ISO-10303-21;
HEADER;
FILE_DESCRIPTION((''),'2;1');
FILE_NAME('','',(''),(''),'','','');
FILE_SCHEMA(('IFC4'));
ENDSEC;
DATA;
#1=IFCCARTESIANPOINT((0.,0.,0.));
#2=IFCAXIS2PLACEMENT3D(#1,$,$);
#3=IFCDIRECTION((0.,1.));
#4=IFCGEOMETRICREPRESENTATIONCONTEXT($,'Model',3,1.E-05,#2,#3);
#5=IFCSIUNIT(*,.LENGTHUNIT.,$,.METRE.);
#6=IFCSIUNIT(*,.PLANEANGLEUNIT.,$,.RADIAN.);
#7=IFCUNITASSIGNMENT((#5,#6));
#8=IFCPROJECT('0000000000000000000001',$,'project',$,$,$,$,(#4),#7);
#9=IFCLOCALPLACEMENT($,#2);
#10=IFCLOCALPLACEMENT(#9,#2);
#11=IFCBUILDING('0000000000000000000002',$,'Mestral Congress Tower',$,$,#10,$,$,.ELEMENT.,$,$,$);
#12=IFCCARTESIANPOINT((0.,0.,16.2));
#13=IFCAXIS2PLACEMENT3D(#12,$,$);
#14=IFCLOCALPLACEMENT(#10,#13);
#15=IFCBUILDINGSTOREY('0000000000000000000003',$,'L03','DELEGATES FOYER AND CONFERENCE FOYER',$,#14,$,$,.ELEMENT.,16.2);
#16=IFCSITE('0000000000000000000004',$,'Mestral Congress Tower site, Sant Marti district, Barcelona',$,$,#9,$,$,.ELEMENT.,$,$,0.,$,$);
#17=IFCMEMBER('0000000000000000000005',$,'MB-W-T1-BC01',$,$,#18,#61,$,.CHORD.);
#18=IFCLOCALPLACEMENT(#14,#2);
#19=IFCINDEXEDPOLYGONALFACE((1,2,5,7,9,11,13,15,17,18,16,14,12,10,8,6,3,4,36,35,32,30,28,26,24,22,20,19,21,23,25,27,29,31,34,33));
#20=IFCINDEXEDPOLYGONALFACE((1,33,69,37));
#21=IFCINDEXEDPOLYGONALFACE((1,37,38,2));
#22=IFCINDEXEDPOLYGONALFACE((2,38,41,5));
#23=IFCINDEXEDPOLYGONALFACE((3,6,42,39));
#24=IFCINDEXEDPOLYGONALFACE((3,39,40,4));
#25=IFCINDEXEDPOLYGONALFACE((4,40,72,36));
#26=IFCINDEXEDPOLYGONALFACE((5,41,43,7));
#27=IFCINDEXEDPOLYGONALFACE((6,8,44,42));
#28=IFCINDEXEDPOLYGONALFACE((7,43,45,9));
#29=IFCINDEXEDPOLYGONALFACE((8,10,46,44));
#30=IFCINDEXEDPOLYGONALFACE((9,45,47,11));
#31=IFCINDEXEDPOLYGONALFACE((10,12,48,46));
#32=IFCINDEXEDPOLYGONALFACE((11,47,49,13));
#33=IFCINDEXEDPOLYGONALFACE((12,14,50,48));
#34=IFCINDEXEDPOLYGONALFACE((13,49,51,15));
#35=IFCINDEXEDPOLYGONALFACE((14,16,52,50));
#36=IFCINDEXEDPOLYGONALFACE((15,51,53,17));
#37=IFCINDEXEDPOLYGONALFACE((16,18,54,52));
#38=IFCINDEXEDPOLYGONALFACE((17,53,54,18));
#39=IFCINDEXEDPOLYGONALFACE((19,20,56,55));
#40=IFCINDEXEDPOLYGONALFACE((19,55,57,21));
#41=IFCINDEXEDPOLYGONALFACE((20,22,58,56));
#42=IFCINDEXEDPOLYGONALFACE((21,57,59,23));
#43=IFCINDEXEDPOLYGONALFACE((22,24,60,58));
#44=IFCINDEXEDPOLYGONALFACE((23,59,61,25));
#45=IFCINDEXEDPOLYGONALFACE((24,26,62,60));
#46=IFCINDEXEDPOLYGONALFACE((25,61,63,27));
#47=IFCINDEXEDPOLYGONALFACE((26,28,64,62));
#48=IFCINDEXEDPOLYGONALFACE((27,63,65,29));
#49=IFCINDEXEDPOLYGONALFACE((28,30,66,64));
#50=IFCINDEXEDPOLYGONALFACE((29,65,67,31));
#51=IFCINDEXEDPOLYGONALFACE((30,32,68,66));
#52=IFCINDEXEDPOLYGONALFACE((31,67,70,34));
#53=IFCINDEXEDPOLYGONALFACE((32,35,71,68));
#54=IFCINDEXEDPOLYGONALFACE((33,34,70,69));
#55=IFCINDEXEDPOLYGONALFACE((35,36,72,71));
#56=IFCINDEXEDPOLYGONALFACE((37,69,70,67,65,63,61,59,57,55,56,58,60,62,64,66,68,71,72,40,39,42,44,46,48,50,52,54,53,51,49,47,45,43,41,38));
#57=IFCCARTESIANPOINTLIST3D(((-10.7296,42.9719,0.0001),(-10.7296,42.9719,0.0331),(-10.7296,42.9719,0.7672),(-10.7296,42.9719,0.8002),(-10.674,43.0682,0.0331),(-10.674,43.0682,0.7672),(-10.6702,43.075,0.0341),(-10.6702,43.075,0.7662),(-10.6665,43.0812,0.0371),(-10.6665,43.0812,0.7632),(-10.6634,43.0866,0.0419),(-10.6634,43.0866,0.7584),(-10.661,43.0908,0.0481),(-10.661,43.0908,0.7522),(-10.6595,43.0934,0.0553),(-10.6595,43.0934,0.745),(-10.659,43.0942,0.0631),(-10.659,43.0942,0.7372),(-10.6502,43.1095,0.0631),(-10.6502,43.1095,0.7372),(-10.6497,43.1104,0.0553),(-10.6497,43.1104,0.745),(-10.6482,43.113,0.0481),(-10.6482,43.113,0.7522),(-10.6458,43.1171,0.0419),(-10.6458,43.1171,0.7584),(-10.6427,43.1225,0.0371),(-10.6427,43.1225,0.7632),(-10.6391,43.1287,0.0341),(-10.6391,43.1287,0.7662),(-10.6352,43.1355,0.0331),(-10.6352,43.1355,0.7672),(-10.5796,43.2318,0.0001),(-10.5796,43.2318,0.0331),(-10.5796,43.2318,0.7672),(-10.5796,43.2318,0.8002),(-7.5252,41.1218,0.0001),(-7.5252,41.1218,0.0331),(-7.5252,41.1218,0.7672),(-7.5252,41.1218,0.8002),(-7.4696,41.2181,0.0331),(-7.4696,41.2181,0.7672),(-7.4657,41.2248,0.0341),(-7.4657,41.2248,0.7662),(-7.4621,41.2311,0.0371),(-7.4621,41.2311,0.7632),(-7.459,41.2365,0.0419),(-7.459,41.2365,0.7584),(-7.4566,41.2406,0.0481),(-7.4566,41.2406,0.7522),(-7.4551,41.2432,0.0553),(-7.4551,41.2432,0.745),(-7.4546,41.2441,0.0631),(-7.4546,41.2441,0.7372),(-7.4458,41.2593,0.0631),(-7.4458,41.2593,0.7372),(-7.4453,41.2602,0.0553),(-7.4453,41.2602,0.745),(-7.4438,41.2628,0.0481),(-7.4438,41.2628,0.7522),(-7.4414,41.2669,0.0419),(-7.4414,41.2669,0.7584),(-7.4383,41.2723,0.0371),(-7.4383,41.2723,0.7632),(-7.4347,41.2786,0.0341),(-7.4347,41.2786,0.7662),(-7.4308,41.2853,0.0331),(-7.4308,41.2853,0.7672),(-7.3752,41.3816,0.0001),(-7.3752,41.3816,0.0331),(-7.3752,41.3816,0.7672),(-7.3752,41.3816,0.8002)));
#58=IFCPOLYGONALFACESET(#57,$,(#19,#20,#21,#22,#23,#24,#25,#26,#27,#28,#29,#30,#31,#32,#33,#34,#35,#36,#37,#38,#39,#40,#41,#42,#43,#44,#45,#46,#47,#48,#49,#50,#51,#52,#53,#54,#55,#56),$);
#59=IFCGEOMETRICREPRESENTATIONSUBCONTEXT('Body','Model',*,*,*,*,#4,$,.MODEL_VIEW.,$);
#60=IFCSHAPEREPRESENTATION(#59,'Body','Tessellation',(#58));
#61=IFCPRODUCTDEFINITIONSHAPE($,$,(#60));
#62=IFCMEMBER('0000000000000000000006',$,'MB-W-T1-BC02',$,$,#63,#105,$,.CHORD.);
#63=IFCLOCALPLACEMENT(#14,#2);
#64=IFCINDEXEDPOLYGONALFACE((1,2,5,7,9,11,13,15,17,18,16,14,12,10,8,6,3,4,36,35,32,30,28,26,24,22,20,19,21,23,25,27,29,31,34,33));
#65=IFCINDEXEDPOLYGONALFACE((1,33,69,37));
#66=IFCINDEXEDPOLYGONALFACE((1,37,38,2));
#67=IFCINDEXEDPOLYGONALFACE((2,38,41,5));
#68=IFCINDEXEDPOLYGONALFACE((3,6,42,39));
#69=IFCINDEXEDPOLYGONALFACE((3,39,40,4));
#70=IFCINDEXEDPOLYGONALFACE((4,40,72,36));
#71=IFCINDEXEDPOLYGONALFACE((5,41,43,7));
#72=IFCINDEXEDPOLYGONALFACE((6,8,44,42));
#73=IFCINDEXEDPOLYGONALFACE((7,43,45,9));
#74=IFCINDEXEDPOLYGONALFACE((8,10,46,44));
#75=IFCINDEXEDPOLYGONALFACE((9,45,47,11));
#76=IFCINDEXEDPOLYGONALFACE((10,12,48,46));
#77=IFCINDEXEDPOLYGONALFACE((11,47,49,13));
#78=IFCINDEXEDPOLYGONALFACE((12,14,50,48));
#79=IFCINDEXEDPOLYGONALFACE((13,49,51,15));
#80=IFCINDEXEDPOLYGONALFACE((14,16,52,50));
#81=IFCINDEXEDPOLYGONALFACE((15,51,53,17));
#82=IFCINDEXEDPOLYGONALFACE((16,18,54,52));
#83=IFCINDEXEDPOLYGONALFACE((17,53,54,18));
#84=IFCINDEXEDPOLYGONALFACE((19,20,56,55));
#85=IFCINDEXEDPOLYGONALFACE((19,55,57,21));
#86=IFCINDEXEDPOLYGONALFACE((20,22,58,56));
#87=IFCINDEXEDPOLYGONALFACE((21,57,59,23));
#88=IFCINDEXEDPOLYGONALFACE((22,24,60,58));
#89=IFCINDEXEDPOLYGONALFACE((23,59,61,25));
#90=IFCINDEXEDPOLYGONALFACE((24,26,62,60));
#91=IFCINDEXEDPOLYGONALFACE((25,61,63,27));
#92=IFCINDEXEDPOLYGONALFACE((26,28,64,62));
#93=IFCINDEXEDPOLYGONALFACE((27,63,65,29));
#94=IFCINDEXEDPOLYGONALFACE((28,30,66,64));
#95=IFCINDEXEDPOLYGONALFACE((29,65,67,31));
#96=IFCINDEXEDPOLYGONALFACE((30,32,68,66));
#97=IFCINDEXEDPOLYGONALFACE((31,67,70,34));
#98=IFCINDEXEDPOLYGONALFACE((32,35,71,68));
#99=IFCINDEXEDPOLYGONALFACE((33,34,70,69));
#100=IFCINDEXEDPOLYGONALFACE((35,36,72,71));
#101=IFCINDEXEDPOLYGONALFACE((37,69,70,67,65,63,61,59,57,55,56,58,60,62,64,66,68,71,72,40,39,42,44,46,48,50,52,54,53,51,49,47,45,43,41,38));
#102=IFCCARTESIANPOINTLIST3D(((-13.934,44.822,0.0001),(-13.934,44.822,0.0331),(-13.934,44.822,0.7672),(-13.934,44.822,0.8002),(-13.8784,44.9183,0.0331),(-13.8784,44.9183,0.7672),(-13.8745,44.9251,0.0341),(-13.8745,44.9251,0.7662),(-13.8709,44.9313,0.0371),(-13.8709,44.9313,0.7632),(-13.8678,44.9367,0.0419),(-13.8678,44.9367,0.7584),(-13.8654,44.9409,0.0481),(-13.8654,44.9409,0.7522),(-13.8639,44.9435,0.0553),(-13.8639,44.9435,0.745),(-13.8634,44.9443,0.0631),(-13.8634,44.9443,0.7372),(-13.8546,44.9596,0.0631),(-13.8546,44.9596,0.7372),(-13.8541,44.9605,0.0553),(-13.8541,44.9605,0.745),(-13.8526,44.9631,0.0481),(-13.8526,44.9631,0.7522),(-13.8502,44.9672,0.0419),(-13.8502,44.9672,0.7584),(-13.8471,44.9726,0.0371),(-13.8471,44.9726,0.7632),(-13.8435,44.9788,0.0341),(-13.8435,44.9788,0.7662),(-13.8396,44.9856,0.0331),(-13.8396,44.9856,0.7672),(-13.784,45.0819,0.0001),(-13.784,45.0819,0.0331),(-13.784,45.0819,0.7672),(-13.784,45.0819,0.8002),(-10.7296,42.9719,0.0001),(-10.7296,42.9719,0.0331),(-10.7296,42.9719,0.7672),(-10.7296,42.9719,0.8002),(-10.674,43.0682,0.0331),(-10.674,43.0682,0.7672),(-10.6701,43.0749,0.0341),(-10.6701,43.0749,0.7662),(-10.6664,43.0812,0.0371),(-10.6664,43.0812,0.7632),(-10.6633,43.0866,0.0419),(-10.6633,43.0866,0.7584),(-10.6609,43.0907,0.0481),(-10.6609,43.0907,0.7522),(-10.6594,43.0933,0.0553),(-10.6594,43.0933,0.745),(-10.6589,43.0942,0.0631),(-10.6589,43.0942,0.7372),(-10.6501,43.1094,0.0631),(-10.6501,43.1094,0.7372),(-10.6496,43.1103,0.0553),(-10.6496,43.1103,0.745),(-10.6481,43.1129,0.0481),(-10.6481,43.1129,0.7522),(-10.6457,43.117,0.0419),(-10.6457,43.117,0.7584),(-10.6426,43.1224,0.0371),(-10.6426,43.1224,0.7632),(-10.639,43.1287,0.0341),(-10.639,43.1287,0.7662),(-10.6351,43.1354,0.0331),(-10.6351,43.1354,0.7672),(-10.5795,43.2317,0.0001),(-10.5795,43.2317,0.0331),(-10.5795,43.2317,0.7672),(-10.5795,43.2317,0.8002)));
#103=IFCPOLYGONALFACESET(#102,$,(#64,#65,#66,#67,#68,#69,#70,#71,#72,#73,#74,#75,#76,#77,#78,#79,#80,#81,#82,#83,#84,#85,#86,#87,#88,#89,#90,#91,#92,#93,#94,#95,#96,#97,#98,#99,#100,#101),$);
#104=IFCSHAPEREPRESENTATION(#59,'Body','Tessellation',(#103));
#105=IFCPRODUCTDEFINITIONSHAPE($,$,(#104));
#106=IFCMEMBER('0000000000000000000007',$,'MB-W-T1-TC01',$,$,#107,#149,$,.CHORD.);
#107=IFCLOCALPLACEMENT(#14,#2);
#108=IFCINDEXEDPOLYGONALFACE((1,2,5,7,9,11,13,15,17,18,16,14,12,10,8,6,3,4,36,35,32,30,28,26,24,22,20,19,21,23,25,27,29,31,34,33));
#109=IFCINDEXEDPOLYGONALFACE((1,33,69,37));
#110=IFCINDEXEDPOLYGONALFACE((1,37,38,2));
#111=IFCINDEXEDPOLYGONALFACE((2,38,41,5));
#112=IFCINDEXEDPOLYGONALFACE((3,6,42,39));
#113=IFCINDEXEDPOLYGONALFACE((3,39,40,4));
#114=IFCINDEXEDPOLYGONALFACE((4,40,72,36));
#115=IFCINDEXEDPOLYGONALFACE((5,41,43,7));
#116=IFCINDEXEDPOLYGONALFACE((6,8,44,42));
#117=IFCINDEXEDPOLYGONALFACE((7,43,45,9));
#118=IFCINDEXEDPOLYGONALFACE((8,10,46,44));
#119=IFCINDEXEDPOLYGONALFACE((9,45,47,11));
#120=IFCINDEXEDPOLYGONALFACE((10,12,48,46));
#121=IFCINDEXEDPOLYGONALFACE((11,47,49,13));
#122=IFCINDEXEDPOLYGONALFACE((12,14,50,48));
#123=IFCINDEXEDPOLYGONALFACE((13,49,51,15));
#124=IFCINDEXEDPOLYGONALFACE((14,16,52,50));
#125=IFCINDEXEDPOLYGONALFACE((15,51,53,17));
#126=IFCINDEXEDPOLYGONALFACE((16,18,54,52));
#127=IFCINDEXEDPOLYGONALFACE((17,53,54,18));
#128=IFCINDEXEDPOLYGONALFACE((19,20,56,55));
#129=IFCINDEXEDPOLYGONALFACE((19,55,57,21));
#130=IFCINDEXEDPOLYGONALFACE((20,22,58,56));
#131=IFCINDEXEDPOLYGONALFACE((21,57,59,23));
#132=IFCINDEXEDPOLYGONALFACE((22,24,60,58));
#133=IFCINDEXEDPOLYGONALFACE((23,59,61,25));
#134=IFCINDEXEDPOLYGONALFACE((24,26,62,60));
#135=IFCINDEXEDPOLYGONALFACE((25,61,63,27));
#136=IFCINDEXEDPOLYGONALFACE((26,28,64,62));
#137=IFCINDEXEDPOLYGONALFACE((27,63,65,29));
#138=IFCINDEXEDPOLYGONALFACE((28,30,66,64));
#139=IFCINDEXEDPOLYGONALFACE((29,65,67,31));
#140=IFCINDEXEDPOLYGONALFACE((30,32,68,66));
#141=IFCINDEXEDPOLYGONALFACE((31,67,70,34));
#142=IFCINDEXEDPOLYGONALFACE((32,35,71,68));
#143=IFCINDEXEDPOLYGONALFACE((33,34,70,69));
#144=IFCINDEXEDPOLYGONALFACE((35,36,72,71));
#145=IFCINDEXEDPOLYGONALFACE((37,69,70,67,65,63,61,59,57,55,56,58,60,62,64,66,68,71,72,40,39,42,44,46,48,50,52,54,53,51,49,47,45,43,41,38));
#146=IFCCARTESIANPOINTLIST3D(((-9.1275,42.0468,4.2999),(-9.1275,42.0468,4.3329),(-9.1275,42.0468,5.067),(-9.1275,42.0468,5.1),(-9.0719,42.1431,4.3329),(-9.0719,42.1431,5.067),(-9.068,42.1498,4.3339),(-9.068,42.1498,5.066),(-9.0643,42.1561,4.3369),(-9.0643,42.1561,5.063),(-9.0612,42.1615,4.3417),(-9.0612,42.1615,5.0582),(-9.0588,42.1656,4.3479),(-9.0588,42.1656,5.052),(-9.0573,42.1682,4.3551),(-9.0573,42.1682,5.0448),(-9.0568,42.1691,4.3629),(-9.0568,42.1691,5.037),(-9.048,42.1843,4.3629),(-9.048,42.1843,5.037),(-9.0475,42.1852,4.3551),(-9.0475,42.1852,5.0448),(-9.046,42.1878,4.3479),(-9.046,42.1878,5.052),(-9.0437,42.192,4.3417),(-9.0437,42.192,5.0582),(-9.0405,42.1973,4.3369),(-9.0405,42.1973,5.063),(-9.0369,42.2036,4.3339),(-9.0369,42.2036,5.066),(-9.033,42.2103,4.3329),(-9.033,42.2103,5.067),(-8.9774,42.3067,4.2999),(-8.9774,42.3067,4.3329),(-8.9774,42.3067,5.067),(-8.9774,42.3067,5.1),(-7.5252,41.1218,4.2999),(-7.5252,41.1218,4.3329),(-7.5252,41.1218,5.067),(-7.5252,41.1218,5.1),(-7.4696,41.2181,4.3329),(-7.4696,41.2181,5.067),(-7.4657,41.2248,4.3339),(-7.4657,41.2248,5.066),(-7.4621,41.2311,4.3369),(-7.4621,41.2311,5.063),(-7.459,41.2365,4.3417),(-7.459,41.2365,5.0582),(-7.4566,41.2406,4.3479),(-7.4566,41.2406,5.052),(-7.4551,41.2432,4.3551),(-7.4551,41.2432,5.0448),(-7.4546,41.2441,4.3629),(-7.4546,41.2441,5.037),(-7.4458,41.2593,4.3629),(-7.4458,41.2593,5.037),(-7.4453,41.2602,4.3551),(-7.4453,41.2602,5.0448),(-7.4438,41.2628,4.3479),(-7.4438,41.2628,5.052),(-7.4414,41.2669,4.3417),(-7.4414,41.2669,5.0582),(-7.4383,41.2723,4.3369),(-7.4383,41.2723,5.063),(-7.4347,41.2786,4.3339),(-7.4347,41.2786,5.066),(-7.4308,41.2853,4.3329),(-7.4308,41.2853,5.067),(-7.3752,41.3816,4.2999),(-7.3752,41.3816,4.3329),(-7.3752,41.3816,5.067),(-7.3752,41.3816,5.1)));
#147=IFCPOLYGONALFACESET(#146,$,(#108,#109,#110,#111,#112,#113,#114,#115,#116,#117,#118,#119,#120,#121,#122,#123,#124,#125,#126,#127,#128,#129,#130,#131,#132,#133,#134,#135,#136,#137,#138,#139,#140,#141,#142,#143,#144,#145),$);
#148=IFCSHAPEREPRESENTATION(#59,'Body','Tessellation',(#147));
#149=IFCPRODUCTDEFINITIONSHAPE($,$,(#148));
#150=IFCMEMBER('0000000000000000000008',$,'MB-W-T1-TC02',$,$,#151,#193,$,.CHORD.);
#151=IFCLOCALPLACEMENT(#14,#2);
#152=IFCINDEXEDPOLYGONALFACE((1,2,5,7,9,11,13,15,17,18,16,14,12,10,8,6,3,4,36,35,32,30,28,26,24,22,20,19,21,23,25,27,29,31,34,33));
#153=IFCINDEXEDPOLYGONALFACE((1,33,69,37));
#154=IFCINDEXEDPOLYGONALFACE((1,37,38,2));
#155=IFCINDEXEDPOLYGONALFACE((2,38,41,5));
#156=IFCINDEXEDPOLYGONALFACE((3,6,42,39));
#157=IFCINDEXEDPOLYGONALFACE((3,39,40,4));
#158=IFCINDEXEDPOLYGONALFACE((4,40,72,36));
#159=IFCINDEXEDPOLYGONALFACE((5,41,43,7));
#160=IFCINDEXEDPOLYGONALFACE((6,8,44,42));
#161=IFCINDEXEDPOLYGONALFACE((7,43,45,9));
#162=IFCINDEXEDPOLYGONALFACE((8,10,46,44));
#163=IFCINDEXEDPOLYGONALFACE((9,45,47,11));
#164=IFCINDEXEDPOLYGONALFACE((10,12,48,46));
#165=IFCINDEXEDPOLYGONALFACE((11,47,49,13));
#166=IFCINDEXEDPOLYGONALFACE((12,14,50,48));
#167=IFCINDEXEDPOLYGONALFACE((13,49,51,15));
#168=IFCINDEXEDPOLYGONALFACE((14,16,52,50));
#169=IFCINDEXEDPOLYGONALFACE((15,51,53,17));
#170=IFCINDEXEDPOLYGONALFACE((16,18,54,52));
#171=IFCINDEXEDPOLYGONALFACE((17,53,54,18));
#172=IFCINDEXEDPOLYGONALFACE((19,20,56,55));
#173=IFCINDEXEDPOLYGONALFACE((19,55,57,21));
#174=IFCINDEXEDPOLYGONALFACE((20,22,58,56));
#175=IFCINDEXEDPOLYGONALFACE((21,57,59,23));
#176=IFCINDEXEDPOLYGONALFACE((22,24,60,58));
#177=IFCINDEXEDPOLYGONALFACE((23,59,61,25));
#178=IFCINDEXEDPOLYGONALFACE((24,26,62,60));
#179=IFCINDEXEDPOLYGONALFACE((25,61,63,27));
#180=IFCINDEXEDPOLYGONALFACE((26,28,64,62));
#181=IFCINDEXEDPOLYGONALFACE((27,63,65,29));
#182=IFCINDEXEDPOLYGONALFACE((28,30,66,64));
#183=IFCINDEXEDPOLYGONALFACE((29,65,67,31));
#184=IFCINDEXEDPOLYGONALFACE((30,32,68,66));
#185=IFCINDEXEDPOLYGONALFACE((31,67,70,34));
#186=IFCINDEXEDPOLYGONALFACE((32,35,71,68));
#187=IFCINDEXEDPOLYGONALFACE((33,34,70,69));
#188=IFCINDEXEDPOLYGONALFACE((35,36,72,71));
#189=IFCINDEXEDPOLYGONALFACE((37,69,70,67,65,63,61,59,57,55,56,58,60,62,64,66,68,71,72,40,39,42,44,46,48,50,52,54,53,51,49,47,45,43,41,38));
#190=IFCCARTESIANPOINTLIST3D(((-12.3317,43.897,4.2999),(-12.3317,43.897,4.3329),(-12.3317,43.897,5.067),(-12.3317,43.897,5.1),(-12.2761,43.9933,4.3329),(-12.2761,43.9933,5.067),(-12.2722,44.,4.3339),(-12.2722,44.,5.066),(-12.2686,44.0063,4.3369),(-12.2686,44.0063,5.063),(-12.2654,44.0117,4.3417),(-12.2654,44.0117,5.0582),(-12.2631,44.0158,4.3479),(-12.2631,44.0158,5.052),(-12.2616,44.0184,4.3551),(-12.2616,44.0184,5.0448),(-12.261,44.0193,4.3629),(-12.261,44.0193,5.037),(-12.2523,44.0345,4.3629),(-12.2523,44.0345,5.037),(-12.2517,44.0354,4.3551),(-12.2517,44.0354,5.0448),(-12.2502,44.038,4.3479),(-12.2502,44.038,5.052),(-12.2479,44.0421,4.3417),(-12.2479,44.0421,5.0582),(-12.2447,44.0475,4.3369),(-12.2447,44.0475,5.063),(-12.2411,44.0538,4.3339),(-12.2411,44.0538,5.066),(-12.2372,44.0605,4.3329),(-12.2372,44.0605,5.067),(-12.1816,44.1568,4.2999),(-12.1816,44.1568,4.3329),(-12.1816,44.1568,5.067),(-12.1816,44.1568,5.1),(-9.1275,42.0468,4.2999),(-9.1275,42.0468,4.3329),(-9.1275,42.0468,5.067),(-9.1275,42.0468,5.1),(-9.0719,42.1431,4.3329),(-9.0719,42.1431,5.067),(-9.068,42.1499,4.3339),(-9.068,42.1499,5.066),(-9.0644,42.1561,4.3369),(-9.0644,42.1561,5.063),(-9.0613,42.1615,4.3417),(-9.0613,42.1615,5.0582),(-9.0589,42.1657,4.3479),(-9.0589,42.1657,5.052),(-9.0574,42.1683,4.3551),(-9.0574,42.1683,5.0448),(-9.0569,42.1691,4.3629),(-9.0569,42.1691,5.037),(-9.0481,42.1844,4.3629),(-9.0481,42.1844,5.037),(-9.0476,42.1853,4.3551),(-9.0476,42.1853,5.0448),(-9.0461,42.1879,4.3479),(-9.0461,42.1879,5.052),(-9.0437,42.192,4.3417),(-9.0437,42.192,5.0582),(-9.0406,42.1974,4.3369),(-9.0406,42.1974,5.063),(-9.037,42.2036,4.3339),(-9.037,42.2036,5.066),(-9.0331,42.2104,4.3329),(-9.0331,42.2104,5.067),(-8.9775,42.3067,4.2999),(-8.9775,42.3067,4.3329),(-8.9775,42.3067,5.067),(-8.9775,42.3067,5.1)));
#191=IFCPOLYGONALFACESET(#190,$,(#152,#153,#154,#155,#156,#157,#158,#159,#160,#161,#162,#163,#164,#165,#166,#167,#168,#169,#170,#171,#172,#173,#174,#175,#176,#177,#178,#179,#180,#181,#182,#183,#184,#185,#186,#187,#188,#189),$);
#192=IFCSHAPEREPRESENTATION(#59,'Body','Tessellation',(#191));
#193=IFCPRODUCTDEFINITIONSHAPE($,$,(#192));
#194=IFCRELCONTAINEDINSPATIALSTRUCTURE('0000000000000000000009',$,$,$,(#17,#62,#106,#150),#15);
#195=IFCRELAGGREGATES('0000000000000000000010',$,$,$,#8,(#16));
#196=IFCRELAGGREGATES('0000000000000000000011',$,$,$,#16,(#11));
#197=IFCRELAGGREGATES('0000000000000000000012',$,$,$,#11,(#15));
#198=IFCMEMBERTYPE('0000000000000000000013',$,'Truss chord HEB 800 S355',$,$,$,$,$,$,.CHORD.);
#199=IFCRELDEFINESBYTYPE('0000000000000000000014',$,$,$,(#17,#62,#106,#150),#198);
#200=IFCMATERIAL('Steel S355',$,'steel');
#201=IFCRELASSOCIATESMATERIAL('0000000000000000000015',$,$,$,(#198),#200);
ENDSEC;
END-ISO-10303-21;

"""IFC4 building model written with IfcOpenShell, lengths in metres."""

from ifc_helpers import new_model, si_unit, direction, frame, origin, origin_2d, place, context, subcontext, project, spatial, i_section, extrude, material, material_profile, profile_set, type_object, element, save


model = new_model("IFC4")

# Units and contexts
model_context = context("Model", 3, precision=1e-05, world=origin(), true_north=direction((0.0, 1.0)))
body_context = subcontext(model_context, "Body", "Model", "MODEL_VIEW")
ifc_project = project(units=[si_unit("LENGTHUNIT", "METRE"), si_unit("PLANEANGLEUNIT", "RADIAN")], contexts=[model_context])

# Site, building, storey
site_placement = place(None, origin())
site = spatial("IfcSite", under=ifc_project, at=site_placement, Name="Mestral Congress Tower site, Sant Marti district, Barcelona", CompositionType="ELEMENT", RefElevation=0.0)
building_placement = place(site_placement, origin())
building = spatial("IfcBuilding", under=site, at=building_placement, Name="Mestral Congress Tower", CompositionType="ELEMENT")
storey_placement = place(building_placement, frame((0.0, 0.0, 16.2)))
storey = spatial("IfcBuildingStorey", under=building, at=storey_placement, Name="L03", Description="DELEGATES FOYER AND CONFERENCE FOYER", CompositionType="ELEMENT", Elevation=16.2)

# Shared definitions
ifc_material_1 = material(Name="Steel S355", Category="steel")

# Members
ifc_material_profile_1 = material_profile(ifc_material_1, i_section(OverallWidth=0.3, OverallDepth=0.8, WebThickness=0.0176, FlangeThickness=0.033, FilletRadius=0.03, at=origin_2d()), Name="HEB 800")
ifc_profile_set_1 = profile_set([ifc_material_profile_1], Name="Steel S355")
member_type_1 = type_object("IfcMemberType", Name="Truss chord HEB 800 S355", PredefinedType="CHORD", material=ifc_profile_set_1)
for number, where, z_axis, x_axis, name in (
    (1, (-7.4502, 41.2517, 0.4001), (-0.866017, 0.500014, 0.0), (-0.500014, -0.866017, 0.0), "MB-W-T1-BC01"),
    (2, (-10.6545, 43.1018, 0.4001), (-0.866017, 0.500014, 0.0), (-0.500014, -0.866017, 0.0), "MB-W-T1-BC02"),
):
    element("IfcMember", number, at=place(storey_placement, frame(where, z_axis=z_axis, x_axis=x_axis)), inside=storey, type_object=member_type_1, Name=name, PredefinedType="CHORD", context=body_context, shape_type="SweptSolid", body=[
        extrude(i_section(OverallWidth=0.3, OverallDepth=0.8, WebThickness=0.0176, FlangeThickness=0.033, FilletRadius=0.03, at=origin_2d()), origin(), (0.0, 0.0, 1.0), 3.7002),
    ])
member_1_placement = place(storey_placement, frame((-7.4502, 41.2517, 4.7), z_axis=(-0.866034, 0.499985, 0.0), x_axis=(-0.499985, -0.866034, 0.0)))
element("IfcMember", 3, at=member_1_placement, inside=storey, type_object=member_type_1, Name="MB-W-T1-TC01", PredefinedType="CHORD", context=body_context, shape_type="SweptSolid", body=[
    extrude(i_section(OverallWidth=0.3, OverallDepth=0.8, WebThickness=0.0176, FlangeThickness=0.033, FilletRadius=0.03, at=origin_2d()), origin(), (0.0, 0.0, 1.0), 1.8501),
])
member_2_placement = place(storey_placement, frame((-9.0525, 42.1768, 4.7), z_axis=(-0.866001, 0.500042, 0.0), x_axis=(-0.500042, -0.866001, 0.0)))
element("IfcMember", 4, at=member_2_placement, inside=storey, type_object=member_type_1, Name="MB-W-T1-TC02", PredefinedType="CHORD", context=body_context, shape_type="SweptSolid", body=[
    extrude(i_section(OverallWidth=0.3, OverallDepth=0.8, WebThickness=0.0176, FlangeThickness=0.033, FilletRadius=0.03, at=origin_2d()), origin(), (0.0, 0.0, 1.0), 3.7),
])

save(model, "model.ifc")
